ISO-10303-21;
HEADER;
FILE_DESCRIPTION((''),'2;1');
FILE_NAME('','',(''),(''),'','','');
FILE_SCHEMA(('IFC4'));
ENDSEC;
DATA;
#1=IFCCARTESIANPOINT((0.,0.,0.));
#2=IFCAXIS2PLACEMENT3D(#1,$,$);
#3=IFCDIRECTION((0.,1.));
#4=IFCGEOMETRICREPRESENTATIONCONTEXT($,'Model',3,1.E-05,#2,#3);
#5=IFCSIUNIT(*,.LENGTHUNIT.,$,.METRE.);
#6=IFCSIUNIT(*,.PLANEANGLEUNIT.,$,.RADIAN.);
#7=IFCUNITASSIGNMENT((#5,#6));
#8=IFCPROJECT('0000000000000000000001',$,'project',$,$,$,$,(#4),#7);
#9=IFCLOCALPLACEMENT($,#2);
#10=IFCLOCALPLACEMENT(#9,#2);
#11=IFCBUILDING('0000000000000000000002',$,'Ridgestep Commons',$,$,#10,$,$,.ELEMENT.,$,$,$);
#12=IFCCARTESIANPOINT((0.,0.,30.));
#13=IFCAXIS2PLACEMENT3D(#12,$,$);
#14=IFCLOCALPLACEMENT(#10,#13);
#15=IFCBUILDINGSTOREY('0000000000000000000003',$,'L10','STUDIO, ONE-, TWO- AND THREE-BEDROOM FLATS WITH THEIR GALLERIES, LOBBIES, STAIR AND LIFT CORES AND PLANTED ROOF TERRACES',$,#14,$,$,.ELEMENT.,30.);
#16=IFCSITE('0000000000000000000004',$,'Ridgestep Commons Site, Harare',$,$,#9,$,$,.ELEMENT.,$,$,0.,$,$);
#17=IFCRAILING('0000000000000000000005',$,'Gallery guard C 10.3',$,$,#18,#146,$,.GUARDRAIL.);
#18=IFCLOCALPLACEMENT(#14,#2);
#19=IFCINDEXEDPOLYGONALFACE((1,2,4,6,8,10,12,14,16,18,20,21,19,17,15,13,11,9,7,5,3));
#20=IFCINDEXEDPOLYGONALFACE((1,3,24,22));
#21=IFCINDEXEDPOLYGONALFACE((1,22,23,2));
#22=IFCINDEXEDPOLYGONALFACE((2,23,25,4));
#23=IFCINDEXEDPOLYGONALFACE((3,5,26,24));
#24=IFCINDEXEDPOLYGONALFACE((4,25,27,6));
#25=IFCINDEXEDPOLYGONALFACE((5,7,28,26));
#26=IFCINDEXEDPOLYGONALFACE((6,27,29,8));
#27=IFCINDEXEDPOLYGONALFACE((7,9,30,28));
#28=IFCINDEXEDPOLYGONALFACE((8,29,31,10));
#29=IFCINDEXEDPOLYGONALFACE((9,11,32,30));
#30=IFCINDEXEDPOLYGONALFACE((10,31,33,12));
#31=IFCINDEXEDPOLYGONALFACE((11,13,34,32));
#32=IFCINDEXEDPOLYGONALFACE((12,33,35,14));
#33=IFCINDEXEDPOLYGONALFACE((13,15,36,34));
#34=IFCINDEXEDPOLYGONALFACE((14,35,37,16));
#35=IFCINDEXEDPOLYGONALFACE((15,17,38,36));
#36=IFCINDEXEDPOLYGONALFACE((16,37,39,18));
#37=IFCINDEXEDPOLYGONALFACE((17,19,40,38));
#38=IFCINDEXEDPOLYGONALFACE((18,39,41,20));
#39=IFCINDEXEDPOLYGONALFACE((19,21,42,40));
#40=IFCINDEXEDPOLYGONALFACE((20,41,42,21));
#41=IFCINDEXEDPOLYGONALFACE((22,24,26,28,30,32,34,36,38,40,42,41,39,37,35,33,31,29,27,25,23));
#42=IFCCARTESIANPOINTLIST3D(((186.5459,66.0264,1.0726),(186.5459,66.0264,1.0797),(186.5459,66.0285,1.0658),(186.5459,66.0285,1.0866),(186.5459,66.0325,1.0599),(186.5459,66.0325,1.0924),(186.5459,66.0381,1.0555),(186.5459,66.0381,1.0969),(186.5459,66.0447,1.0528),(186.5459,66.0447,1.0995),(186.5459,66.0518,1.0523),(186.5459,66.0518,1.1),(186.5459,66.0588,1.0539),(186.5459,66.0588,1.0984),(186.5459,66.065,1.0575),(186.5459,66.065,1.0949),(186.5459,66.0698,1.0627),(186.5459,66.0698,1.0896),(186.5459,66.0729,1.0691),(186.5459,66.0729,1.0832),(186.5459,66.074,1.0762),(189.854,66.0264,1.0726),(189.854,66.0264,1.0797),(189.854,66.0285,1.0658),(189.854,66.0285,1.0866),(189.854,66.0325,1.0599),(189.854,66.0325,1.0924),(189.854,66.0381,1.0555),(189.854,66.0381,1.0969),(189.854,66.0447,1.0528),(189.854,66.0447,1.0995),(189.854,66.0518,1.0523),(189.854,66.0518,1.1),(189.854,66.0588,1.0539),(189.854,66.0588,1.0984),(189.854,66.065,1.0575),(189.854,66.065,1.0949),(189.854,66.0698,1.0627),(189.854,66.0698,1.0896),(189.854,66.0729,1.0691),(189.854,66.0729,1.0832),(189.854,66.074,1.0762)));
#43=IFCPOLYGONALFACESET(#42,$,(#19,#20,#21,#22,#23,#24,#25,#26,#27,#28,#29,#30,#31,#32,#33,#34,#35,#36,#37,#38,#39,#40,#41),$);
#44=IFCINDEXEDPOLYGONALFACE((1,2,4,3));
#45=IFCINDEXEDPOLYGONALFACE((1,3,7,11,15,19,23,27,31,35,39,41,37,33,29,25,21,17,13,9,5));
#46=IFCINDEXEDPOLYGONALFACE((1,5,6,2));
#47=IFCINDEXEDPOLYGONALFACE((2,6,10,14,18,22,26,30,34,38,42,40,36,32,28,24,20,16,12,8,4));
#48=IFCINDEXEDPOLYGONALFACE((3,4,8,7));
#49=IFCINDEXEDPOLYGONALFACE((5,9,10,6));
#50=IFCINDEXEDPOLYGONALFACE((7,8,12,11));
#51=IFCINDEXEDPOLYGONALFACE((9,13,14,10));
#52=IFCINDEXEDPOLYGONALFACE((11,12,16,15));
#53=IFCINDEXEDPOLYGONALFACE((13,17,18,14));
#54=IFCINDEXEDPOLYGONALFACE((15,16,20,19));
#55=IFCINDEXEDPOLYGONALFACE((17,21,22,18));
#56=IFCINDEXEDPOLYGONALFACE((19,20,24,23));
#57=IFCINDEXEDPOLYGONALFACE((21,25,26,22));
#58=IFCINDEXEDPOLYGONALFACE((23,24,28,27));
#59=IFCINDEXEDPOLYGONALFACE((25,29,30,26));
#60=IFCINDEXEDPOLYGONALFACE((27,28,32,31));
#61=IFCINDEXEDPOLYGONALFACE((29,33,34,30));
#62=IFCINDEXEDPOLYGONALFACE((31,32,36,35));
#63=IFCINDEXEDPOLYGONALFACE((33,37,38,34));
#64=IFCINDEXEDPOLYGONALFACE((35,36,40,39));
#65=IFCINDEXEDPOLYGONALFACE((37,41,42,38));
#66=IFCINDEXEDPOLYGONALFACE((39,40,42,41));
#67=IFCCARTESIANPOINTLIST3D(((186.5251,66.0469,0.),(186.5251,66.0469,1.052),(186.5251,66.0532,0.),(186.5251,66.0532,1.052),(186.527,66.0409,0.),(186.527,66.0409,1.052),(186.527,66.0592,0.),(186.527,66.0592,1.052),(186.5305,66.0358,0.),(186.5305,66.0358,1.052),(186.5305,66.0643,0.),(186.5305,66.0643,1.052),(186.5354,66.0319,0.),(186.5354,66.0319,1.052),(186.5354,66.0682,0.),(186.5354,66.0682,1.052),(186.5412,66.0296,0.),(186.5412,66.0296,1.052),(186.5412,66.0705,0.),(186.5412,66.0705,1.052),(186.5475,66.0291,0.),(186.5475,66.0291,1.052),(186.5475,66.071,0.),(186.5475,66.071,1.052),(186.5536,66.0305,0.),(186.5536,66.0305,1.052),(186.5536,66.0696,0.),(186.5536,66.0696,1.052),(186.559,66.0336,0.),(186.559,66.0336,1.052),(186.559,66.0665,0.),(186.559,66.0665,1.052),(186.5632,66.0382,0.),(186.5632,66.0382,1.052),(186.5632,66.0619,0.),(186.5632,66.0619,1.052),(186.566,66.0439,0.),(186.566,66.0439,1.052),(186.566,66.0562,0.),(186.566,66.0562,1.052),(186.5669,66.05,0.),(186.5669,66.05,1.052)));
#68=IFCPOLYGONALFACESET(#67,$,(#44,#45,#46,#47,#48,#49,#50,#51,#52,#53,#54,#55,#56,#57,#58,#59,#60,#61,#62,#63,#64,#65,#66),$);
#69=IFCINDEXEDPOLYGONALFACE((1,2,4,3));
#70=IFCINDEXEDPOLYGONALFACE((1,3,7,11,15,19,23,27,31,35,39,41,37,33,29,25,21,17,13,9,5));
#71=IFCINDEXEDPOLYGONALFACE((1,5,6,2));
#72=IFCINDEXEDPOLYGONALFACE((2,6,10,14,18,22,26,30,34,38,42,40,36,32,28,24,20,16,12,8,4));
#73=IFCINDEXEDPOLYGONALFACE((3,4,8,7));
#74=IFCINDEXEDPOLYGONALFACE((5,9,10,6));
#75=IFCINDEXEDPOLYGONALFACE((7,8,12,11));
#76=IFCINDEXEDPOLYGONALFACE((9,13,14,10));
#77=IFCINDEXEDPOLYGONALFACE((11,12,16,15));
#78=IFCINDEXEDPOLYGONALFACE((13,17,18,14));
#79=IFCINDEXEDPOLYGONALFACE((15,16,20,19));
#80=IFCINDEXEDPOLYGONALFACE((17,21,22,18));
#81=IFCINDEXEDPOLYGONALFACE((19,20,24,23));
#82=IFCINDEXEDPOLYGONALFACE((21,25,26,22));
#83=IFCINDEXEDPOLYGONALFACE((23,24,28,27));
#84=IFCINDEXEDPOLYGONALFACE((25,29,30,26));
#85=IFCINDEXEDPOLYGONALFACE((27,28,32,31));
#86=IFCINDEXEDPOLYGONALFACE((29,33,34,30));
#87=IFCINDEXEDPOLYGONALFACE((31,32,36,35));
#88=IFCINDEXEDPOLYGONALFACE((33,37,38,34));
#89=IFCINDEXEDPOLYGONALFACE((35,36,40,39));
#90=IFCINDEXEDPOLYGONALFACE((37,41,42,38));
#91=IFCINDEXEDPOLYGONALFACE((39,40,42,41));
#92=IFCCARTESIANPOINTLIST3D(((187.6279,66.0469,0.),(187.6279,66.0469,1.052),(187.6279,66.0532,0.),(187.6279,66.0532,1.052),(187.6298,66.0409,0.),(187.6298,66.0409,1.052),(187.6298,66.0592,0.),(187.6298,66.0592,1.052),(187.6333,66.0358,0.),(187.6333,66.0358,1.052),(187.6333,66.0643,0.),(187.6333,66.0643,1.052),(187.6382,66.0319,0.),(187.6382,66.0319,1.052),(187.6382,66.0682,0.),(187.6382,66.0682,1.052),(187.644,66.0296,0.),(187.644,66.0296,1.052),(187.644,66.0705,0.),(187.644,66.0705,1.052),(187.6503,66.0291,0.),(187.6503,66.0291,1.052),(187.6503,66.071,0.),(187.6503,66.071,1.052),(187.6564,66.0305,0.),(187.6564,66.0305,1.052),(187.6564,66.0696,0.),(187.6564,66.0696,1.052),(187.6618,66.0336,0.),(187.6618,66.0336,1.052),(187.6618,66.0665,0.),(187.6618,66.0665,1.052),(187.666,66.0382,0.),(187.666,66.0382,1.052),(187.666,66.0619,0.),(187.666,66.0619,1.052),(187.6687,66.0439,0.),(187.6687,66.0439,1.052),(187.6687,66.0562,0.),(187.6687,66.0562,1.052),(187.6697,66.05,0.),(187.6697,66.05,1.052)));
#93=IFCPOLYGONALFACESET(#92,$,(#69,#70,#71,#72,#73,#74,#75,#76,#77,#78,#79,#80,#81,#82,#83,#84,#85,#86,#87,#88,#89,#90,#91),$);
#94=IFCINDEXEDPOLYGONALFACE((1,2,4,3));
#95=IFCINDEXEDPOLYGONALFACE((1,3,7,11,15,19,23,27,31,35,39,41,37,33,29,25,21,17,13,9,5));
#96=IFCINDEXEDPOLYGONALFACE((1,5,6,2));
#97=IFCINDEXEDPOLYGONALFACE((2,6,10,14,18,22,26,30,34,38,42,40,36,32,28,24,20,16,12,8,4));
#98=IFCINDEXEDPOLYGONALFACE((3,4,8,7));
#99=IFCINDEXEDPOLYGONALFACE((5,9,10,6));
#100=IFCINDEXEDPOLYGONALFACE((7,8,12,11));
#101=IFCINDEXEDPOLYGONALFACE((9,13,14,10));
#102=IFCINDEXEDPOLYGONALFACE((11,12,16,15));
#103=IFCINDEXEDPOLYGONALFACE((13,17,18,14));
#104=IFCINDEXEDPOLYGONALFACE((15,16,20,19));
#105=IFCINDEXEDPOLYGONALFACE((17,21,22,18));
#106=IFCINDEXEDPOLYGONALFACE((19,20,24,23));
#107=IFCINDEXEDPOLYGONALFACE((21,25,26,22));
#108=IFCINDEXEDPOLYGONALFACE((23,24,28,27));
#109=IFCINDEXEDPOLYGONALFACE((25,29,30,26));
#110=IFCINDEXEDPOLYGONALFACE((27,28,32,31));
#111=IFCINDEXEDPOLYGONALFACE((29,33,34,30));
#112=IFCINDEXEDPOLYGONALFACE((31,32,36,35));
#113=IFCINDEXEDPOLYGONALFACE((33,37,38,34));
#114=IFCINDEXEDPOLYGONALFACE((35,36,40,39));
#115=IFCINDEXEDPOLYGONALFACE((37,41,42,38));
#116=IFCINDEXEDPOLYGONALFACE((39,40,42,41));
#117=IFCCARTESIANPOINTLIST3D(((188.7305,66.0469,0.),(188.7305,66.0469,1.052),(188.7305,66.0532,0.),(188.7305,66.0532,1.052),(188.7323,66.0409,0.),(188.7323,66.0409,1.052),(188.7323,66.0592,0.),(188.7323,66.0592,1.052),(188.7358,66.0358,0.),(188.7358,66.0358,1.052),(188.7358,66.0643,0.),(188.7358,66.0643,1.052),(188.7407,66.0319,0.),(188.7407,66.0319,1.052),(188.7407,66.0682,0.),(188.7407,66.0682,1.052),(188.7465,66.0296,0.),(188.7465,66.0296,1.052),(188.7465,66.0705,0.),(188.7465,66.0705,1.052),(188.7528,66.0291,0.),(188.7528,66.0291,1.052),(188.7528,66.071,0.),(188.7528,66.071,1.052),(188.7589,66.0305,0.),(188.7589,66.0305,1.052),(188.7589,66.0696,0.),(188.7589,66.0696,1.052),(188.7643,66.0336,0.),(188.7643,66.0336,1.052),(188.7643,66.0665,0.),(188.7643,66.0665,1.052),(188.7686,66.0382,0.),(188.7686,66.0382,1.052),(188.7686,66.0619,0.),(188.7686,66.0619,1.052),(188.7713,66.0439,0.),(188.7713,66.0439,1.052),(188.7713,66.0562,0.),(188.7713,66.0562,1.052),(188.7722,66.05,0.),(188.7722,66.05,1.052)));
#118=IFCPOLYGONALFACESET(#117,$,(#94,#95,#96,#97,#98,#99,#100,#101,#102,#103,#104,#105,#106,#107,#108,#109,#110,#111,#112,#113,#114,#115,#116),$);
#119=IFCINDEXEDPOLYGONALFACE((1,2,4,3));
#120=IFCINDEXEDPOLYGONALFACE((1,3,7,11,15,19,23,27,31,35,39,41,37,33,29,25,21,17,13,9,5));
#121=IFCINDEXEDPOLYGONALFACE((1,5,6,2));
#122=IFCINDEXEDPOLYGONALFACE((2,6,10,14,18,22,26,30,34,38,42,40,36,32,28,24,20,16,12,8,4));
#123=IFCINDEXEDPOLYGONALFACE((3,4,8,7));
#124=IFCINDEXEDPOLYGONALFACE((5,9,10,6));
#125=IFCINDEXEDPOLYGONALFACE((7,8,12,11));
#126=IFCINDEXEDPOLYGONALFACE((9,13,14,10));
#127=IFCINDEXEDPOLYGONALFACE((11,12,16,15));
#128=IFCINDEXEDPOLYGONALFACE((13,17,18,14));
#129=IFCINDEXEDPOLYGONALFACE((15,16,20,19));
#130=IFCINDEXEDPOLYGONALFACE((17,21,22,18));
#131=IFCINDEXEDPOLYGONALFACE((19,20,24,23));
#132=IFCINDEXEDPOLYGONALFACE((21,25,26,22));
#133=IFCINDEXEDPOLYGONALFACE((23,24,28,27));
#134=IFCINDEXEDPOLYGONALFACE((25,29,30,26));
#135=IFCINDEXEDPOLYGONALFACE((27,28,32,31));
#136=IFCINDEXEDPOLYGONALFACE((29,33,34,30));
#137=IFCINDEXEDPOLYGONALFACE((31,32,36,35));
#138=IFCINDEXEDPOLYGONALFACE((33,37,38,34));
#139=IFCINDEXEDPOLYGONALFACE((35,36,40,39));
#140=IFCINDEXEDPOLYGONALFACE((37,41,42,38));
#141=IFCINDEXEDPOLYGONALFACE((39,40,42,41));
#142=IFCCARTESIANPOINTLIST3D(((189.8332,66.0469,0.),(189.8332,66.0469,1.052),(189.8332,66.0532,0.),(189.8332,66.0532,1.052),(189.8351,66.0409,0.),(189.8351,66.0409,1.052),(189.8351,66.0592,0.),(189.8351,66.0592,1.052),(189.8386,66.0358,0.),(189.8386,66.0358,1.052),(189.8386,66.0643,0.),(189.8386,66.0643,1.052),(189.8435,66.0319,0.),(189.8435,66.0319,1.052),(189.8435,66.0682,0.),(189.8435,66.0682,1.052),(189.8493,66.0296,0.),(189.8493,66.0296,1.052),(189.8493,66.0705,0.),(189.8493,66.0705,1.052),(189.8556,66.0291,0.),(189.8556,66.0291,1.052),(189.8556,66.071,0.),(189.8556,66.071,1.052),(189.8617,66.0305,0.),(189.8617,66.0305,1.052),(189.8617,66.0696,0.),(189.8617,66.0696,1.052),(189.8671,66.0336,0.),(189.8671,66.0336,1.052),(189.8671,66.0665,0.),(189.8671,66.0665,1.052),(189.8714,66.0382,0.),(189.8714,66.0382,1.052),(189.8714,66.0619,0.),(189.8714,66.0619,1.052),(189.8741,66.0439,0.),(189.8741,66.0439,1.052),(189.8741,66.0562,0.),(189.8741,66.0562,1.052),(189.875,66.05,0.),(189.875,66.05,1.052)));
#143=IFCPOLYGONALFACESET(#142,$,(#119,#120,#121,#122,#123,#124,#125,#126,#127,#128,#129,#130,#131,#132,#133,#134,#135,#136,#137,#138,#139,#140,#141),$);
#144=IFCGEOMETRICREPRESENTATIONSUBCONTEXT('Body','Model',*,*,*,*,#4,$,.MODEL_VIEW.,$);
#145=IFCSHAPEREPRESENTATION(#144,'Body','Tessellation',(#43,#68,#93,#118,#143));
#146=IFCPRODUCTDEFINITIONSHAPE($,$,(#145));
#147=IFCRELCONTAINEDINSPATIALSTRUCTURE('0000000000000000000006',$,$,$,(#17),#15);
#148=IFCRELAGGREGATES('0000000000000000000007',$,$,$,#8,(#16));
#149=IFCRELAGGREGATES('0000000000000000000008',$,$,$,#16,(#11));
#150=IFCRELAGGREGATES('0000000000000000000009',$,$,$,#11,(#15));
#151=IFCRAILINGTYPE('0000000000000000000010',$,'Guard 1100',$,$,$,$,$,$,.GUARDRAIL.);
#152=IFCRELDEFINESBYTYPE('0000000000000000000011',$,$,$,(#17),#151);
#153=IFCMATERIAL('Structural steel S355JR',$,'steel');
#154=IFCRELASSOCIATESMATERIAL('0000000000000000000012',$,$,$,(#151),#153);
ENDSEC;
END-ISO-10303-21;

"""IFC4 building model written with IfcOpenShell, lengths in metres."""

from ifc_helpers import new_model, si_unit, direction, frame, origin, origin_2d, place, context, subcontext, project, spatial, circle, extrude, material, type_object, element, save


model = new_model("IFC4")

# Units and contexts
model_context = context("Model", 3, precision=1e-05, world=origin(), true_north=direction((0.0, 1.0)))
body_context = subcontext(model_context, "Body", "Model", "MODEL_VIEW")
ifc_project = project(units=[si_unit("LENGTHUNIT", "METRE"), si_unit("PLANEANGLEUNIT", "RADIAN")], contexts=[model_context])

# Site, building, storey
site_placement = place(None, origin())
site = spatial("IfcSite", under=ifc_project, at=site_placement, Name="Ridgestep Commons Site, Harare", CompositionType="ELEMENT", RefElevation=0.0)
building_placement = place(site_placement, origin())
building = spatial("IfcBuilding", under=site, at=building_placement, Name="Ridgestep Commons", CompositionType="ELEMENT")
storey_placement = place(building_placement, frame((0.0, 0.0, 30.0)))
storey = spatial("IfcBuildingStorey", under=building, at=storey_placement, Name="L10", Description="STUDIO, ONE-, TWO- AND THREE-BEDROOM FLATS WITH THEIR GALLERIES, LOBBIES, STAIR AND LIFT CORES AND PLANTED ROOF TERRACES", CompositionType="ELEMENT", Elevation=30.0)

# Railing
ifc_material_1 = material(Name="Structural steel S355JR", Category="steel")
railing_type_1 = type_object("IfcRailingType", Name="Guard 1100", PredefinedType="GUARDRAIL", material=ifc_material_1)
for number, where, name in (
    (1, (186.5459, 66.05, 0.0), "Gallery guard C 10.3"),
):
    element("IfcRailing", number, at=place(storey_placement, frame(where)), inside=storey, type_object=railing_type_1, Name=name, PredefinedType="GUARDRAIL", context=body_context, shape_type="SweptSolid", body=[
        extrude(circle(Radius=0.0239, at=origin_2d()), frame((0.0, 0.0, 1.0762), z_axis=(1.0, 0.0, 0.0), x_axis=(0.0, 1.0, 0.0)), (0.0, 0.0, 1.0), 3.3081),
        extrude(circle(Radius=0.021, at=origin_2d()), origin(), (0.0, 0.0, 1.0), 1.052),
        extrude(circle(Radius=0.021, at=origin_2d()), frame((1.1028, 0.0, 0.0)), (0.0, 0.0, 1.0), 1.052),
        extrude(circle(Radius=0.021, at=origin_2d()), frame((2.2053, 0.0, 0.0)), (0.0, 0.0, 1.0), 1.052),
        extrude(circle(Radius=0.021, at=origin_2d()), frame((3.3081, 0.0, 0.0)), (0.0, 0.0, 1.0), 1.052),
    ])

save(model, "model.ifc")
